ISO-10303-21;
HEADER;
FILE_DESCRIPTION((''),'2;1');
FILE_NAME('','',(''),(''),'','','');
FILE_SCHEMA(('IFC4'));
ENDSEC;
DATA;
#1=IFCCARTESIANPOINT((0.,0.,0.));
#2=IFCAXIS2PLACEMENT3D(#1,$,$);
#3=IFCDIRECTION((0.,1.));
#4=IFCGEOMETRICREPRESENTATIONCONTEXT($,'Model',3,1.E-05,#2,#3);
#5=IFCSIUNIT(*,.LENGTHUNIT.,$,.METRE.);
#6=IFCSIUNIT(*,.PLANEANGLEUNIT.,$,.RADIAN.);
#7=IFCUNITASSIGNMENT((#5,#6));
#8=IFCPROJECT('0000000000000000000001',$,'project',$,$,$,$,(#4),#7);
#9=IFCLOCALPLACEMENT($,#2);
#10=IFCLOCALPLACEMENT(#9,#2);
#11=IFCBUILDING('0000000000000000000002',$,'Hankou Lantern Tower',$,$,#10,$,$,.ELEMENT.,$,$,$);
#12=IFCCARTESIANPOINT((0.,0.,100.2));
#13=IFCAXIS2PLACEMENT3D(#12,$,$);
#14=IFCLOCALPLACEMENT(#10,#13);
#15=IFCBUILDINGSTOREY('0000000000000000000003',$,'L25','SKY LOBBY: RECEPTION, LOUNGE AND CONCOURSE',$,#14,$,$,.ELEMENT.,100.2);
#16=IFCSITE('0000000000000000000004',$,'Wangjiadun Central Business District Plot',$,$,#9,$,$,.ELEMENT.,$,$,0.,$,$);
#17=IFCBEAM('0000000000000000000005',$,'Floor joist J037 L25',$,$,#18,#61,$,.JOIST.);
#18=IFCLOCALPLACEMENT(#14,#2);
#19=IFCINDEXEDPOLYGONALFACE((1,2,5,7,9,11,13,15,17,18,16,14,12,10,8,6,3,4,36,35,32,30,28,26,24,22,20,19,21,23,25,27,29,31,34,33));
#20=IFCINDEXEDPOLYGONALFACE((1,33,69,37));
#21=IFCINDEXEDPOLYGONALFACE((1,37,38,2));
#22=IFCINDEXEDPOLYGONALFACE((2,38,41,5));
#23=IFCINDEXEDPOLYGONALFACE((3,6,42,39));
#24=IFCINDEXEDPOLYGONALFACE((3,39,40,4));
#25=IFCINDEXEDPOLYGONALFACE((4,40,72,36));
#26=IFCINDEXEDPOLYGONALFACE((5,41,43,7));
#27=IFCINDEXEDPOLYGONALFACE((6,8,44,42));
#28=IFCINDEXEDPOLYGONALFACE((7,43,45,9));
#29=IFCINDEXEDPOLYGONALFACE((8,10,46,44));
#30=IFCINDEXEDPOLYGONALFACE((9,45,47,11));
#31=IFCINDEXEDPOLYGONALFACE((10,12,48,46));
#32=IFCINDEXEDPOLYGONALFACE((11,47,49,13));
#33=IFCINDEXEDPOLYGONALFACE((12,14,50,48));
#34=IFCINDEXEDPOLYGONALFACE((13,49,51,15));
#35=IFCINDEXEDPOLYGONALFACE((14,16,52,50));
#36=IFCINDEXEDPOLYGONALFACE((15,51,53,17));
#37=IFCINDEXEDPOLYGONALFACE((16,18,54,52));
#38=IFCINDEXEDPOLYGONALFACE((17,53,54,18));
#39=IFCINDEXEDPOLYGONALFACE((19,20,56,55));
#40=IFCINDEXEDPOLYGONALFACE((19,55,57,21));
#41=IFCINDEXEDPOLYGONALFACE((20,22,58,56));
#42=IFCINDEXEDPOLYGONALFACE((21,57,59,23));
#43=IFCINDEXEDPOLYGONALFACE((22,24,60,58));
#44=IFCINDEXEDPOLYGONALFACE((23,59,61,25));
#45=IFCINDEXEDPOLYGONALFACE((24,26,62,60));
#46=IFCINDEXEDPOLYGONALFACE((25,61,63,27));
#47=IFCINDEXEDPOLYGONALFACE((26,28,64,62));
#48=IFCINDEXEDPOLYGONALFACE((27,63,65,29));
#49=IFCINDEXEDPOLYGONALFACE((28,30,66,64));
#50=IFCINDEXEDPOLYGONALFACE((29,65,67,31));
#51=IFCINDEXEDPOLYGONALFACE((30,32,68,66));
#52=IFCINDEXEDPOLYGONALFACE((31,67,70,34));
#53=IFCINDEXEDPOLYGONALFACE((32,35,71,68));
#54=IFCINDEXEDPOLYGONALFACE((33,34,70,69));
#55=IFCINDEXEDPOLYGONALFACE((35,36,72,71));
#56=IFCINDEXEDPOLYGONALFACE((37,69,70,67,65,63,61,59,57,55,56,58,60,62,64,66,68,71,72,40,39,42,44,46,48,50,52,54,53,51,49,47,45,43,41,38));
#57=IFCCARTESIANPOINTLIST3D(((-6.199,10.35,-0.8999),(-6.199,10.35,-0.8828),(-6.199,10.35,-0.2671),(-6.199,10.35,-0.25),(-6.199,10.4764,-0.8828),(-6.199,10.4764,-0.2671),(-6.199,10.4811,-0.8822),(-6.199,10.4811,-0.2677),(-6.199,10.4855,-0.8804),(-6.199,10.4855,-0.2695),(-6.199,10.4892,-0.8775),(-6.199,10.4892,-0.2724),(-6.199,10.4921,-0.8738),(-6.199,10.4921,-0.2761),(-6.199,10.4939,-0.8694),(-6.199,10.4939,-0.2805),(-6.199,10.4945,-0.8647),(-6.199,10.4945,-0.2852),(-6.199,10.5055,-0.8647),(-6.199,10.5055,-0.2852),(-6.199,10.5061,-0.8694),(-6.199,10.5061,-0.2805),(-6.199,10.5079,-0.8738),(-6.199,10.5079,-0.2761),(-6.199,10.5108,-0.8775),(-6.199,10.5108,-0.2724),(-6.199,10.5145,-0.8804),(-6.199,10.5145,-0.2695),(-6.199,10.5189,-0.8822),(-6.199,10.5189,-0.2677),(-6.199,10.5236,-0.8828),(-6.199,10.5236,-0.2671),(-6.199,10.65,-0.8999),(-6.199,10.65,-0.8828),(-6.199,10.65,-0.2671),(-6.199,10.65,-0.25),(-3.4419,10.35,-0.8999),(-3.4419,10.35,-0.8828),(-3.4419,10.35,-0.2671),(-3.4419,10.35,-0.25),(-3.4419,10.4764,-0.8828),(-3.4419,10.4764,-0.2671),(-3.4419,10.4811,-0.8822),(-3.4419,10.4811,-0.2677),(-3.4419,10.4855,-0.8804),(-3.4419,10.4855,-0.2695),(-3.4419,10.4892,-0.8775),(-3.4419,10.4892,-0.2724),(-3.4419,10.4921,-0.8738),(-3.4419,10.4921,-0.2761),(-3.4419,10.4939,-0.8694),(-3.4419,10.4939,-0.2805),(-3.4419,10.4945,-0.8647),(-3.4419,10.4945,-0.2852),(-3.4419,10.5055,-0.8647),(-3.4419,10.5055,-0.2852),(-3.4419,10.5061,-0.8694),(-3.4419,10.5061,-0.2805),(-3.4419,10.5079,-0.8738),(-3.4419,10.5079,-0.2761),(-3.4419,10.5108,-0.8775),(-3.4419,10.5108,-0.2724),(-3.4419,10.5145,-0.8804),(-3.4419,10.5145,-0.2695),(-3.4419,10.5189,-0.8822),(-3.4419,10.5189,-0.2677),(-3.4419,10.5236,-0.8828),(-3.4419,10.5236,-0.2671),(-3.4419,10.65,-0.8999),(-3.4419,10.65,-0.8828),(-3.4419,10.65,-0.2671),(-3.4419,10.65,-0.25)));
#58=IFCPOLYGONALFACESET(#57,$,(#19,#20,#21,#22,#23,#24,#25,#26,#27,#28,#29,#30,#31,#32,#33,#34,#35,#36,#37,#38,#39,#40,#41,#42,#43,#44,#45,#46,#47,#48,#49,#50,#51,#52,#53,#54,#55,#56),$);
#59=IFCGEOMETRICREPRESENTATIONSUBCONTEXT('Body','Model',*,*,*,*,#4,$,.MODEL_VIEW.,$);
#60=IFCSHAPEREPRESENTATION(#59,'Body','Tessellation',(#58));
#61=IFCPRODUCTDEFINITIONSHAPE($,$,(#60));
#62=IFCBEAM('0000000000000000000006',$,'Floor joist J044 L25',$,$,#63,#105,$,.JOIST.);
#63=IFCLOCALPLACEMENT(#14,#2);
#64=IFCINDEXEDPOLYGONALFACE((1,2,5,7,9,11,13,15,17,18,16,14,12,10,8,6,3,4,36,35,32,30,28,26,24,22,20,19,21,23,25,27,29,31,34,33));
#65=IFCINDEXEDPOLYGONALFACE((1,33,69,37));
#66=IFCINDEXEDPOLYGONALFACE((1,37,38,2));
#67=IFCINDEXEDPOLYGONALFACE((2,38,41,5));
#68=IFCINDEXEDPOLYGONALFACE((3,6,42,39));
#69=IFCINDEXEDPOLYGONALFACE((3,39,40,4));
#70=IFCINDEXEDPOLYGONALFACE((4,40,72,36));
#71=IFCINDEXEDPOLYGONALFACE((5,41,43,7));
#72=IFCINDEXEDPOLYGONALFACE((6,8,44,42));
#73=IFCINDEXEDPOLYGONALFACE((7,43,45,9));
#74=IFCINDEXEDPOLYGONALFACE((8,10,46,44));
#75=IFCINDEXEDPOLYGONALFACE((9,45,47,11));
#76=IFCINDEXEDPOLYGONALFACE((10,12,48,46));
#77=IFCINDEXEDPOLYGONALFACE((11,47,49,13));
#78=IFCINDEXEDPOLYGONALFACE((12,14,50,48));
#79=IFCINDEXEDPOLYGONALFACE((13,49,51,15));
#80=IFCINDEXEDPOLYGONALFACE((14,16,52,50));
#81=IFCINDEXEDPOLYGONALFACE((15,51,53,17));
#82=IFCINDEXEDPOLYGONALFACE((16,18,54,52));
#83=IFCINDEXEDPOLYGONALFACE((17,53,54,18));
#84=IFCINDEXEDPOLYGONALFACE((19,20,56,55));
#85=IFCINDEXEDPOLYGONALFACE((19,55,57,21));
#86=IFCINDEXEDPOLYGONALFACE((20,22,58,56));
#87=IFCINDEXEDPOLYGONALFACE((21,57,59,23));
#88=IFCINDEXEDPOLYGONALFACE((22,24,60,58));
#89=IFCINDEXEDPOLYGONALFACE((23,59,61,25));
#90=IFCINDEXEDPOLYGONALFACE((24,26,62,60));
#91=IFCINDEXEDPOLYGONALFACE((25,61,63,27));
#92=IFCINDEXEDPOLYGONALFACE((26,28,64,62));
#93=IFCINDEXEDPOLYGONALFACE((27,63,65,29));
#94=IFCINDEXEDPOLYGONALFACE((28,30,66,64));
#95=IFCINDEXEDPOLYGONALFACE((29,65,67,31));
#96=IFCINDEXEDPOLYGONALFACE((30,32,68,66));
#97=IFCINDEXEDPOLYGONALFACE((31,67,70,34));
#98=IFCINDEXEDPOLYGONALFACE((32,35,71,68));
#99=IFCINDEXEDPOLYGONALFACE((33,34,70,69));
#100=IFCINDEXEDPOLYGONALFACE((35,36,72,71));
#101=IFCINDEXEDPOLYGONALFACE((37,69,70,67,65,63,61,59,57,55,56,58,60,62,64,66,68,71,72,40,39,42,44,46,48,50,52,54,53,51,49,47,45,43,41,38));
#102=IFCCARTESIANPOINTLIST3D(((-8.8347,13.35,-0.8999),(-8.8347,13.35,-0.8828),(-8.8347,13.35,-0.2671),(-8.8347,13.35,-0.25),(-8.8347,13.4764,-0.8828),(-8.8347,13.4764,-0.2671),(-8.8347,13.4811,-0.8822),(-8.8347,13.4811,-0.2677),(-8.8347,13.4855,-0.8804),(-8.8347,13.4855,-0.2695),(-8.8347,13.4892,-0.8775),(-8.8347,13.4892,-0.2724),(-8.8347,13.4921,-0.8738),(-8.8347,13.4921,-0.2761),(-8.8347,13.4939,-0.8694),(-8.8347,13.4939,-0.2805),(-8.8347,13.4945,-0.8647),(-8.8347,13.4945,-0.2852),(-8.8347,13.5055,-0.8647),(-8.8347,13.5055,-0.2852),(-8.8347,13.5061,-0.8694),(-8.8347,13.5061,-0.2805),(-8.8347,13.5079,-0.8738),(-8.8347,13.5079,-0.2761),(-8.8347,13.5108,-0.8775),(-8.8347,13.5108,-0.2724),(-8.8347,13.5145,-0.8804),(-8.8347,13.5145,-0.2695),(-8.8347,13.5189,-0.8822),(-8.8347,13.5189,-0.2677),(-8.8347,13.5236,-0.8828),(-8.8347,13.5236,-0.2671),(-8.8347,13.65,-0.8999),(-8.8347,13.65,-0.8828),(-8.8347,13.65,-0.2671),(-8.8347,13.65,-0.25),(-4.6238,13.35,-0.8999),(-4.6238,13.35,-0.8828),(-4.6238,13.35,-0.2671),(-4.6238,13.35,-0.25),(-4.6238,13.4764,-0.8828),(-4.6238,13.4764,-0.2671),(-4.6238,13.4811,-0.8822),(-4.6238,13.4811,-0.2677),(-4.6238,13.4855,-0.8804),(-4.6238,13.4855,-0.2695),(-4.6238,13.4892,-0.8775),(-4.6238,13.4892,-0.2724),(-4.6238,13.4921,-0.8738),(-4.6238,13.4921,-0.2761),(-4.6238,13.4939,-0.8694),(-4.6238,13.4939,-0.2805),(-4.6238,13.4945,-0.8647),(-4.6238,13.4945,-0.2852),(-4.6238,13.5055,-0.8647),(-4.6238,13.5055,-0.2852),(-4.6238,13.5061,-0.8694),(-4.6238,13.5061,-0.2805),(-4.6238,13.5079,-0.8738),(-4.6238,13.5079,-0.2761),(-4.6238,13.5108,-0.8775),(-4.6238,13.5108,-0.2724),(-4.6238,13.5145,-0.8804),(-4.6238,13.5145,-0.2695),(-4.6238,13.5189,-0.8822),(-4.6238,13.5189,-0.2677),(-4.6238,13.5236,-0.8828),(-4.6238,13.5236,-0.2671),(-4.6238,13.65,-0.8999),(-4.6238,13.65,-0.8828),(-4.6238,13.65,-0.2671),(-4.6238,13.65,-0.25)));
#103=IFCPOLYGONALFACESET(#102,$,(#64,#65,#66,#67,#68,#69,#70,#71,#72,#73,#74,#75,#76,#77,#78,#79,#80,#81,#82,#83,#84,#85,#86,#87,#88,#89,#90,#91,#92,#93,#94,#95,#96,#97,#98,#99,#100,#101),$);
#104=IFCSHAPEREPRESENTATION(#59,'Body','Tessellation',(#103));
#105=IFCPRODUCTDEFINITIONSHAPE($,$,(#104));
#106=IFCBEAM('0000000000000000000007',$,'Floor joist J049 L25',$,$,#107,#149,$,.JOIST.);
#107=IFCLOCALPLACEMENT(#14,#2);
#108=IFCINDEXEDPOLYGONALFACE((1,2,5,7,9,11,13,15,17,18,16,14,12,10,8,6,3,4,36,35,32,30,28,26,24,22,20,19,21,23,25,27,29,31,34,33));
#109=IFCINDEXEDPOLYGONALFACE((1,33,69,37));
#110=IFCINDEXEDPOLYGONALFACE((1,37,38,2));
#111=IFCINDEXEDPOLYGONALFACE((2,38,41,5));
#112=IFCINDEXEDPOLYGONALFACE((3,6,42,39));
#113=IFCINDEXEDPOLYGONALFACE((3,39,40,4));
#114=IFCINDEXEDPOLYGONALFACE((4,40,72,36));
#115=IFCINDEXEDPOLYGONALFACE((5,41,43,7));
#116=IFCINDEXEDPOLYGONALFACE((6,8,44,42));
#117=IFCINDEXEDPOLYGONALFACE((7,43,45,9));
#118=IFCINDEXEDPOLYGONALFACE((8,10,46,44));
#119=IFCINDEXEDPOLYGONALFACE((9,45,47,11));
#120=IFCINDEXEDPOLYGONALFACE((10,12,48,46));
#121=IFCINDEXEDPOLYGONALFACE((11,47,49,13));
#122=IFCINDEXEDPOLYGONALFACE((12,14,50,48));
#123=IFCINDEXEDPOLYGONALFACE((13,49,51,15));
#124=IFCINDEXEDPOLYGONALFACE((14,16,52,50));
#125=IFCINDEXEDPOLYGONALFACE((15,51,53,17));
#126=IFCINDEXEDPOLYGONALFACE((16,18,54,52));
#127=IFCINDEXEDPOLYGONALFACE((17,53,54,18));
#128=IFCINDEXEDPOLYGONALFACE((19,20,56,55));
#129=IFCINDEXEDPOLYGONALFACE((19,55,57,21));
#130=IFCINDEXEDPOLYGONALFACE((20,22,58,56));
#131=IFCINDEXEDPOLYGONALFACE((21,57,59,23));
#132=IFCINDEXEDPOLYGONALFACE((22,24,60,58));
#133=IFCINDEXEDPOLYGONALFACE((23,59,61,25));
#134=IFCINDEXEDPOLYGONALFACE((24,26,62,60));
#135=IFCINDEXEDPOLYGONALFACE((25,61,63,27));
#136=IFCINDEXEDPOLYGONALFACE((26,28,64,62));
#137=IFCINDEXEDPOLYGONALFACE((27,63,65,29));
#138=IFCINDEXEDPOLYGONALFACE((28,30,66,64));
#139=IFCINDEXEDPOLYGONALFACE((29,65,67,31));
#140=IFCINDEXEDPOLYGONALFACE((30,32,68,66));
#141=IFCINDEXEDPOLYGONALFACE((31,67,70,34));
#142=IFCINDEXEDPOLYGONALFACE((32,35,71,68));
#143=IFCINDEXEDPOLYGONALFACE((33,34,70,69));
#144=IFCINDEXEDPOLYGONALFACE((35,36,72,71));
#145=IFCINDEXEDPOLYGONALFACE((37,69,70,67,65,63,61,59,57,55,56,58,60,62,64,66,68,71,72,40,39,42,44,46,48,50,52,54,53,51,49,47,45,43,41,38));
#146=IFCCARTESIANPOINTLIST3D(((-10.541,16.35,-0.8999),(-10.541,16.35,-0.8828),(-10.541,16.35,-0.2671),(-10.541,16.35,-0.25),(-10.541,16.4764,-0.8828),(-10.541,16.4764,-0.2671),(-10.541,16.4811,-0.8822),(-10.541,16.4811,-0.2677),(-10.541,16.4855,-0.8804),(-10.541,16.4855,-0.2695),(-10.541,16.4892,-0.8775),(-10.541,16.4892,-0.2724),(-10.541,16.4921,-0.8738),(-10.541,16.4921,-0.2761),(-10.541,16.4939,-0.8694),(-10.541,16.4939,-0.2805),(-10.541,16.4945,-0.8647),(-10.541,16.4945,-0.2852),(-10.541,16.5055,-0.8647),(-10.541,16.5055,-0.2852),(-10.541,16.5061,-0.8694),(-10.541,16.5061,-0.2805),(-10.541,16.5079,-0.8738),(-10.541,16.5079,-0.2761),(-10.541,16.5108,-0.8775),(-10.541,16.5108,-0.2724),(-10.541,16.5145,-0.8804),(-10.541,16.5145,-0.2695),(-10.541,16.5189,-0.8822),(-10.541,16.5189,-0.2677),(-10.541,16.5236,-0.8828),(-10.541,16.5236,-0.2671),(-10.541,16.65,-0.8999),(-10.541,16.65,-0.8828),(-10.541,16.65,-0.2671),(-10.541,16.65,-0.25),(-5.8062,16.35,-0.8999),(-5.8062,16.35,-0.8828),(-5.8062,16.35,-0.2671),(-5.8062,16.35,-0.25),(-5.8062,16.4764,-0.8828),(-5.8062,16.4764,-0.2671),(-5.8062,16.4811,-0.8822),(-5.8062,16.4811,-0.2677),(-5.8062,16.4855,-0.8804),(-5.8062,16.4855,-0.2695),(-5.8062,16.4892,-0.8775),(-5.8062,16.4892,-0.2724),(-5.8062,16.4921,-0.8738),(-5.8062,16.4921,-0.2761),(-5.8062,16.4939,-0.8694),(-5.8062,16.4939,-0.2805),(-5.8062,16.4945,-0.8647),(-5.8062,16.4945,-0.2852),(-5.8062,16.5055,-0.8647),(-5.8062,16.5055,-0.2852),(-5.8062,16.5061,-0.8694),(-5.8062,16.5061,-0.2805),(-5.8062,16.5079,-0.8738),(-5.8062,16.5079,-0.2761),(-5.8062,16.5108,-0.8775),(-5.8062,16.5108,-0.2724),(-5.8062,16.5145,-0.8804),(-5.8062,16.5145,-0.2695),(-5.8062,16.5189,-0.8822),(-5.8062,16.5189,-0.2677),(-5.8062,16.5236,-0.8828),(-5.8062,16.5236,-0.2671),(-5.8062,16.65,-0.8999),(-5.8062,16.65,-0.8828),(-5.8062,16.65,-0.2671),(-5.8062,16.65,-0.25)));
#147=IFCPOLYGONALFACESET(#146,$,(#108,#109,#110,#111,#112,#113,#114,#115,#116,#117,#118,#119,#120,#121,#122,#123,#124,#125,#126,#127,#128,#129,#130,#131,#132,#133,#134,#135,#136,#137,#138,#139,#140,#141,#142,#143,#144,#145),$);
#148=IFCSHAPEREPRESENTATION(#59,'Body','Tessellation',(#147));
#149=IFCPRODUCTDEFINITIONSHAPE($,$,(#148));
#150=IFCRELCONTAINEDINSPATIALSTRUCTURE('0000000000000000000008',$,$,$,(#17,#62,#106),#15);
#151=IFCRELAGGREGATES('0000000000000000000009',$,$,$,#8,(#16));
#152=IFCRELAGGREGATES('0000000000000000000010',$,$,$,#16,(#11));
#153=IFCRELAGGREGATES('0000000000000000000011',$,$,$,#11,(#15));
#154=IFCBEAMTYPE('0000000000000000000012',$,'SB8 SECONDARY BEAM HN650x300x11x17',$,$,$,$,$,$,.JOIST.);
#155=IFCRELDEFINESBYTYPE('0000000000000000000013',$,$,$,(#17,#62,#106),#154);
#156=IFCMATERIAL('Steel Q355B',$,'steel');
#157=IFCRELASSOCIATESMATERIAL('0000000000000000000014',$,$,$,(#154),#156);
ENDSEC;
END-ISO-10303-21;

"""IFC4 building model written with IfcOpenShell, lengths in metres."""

from ifc_helpers import new_model, si_unit, direction, frame, origin, origin_2d, place, context, subcontext, project, spatial, i_section, extrude, material, material_profile, profile_set, type_object, element, save


model = new_model("IFC4")

# Units and contexts
model_context = context("Model", 3, precision=1e-05, world=origin(), true_north=direction((0.0, 1.0)))
body_context = subcontext(model_context, "Body", "Model", "MODEL_VIEW")
ifc_project = project(units=[si_unit("LENGTHUNIT", "METRE"), si_unit("PLANEANGLEUNIT", "RADIAN")], contexts=[model_context])

# Site, building, storey
site_placement = place(None, origin())
site = spatial("IfcSite", under=ifc_project, at=site_placement, Name="Wangjiadun Central Business District Plot", CompositionType="ELEMENT", RefElevation=0.0)
building_placement = place(site_placement, origin())
building = spatial("IfcBuilding", under=site, at=building_placement, Name="Hankou Lantern Tower", CompositionType="ELEMENT")
storey_placement = place(building_placement, frame((0.0, 0.0, 100.2)))
storey = spatial("IfcBuildingStorey", under=building, at=storey_placement, Name="L25", Description="SKY LOBBY: RECEPTION, LOUNGE AND CONCOURSE", CompositionType="ELEMENT", Elevation=100.2)

# Beams
ifc_material_1 = material(Name="Steel Q355B", Category="steel")
ifc_material_profile_1 = material_profile(ifc_material_1, i_section(OverallWidth=0.3, OverallDepth=0.6499, WebThickness=0.011, FlangeThickness=0.0171, FilletRadius=0.0181, at=origin_2d()), Name="HN650x300x11x17")
ifc_profile_set_1 = profile_set([ifc_material_profile_1], Name="Steel Q355B")
beam_type_1 = type_object("IfcBeamType", Name="SB8 SECONDARY BEAM HN650x300x11x17", PredefinedType="JOIST", material=ifc_profile_set_1)
beam_1_placement = place(storey_placement, frame((-6.199, 10.5, -0.575), z_axis=(1.0, 0.0, 0.0), x_axis=(0.0, 1.0, 0.0)))
element("IfcBeam", 1, at=beam_1_placement, inside=storey, type_object=beam_type_1, Name="Floor joist J037 L25", PredefinedType="JOIST", context=body_context, shape_type="SweptSolid", body=[
    extrude(i_section(OverallWidth=0.3, OverallDepth=0.6499, WebThickness=0.011, FlangeThickness=0.0171, FilletRadius=0.0181, at=origin_2d()), origin(), (0.0, 0.0, 1.0), 2.7571),
])
beam_2_placement = place(storey_placement, frame((-8.8347, 13.5, -0.575), z_axis=(1.0, 0.0, 0.0), x_axis=(0.0, 1.0, 0.0)))
element("IfcBeam", 2, at=beam_2_placement, inside=storey, type_object=beam_type_1, Name="Floor joist J044 L25", PredefinedType="JOIST", context=body_context, shape_type="SweptSolid", body=[
    extrude(i_section(OverallWidth=0.3, OverallDepth=0.6499, WebThickness=0.011, FlangeThickness=0.0171, FilletRadius=0.0181, at=origin_2d()), origin(), (0.0, 0.0, 1.0), 4.2109),
])
beam_3_placement = place(storey_placement, frame((-10.541, 16.5, -0.575), z_axis=(1.0, 0.0, 0.0), x_axis=(0.0, 1.0, 0.0)))
element("IfcBeam", 3, at=beam_3_placement, inside=storey, type_object=beam_type_1, Name="Floor joist J049 L25", PredefinedType="JOIST", context=body_context, shape_type="SweptSolid", body=[
    extrude(i_section(OverallWidth=0.3, OverallDepth=0.6499, WebThickness=0.011, FlangeThickness=0.0171, FilletRadius=0.0181, at=origin_2d()), origin(), (0.0, 0.0, 1.0), 4.7349),
])

save(model, "model.ifc")
